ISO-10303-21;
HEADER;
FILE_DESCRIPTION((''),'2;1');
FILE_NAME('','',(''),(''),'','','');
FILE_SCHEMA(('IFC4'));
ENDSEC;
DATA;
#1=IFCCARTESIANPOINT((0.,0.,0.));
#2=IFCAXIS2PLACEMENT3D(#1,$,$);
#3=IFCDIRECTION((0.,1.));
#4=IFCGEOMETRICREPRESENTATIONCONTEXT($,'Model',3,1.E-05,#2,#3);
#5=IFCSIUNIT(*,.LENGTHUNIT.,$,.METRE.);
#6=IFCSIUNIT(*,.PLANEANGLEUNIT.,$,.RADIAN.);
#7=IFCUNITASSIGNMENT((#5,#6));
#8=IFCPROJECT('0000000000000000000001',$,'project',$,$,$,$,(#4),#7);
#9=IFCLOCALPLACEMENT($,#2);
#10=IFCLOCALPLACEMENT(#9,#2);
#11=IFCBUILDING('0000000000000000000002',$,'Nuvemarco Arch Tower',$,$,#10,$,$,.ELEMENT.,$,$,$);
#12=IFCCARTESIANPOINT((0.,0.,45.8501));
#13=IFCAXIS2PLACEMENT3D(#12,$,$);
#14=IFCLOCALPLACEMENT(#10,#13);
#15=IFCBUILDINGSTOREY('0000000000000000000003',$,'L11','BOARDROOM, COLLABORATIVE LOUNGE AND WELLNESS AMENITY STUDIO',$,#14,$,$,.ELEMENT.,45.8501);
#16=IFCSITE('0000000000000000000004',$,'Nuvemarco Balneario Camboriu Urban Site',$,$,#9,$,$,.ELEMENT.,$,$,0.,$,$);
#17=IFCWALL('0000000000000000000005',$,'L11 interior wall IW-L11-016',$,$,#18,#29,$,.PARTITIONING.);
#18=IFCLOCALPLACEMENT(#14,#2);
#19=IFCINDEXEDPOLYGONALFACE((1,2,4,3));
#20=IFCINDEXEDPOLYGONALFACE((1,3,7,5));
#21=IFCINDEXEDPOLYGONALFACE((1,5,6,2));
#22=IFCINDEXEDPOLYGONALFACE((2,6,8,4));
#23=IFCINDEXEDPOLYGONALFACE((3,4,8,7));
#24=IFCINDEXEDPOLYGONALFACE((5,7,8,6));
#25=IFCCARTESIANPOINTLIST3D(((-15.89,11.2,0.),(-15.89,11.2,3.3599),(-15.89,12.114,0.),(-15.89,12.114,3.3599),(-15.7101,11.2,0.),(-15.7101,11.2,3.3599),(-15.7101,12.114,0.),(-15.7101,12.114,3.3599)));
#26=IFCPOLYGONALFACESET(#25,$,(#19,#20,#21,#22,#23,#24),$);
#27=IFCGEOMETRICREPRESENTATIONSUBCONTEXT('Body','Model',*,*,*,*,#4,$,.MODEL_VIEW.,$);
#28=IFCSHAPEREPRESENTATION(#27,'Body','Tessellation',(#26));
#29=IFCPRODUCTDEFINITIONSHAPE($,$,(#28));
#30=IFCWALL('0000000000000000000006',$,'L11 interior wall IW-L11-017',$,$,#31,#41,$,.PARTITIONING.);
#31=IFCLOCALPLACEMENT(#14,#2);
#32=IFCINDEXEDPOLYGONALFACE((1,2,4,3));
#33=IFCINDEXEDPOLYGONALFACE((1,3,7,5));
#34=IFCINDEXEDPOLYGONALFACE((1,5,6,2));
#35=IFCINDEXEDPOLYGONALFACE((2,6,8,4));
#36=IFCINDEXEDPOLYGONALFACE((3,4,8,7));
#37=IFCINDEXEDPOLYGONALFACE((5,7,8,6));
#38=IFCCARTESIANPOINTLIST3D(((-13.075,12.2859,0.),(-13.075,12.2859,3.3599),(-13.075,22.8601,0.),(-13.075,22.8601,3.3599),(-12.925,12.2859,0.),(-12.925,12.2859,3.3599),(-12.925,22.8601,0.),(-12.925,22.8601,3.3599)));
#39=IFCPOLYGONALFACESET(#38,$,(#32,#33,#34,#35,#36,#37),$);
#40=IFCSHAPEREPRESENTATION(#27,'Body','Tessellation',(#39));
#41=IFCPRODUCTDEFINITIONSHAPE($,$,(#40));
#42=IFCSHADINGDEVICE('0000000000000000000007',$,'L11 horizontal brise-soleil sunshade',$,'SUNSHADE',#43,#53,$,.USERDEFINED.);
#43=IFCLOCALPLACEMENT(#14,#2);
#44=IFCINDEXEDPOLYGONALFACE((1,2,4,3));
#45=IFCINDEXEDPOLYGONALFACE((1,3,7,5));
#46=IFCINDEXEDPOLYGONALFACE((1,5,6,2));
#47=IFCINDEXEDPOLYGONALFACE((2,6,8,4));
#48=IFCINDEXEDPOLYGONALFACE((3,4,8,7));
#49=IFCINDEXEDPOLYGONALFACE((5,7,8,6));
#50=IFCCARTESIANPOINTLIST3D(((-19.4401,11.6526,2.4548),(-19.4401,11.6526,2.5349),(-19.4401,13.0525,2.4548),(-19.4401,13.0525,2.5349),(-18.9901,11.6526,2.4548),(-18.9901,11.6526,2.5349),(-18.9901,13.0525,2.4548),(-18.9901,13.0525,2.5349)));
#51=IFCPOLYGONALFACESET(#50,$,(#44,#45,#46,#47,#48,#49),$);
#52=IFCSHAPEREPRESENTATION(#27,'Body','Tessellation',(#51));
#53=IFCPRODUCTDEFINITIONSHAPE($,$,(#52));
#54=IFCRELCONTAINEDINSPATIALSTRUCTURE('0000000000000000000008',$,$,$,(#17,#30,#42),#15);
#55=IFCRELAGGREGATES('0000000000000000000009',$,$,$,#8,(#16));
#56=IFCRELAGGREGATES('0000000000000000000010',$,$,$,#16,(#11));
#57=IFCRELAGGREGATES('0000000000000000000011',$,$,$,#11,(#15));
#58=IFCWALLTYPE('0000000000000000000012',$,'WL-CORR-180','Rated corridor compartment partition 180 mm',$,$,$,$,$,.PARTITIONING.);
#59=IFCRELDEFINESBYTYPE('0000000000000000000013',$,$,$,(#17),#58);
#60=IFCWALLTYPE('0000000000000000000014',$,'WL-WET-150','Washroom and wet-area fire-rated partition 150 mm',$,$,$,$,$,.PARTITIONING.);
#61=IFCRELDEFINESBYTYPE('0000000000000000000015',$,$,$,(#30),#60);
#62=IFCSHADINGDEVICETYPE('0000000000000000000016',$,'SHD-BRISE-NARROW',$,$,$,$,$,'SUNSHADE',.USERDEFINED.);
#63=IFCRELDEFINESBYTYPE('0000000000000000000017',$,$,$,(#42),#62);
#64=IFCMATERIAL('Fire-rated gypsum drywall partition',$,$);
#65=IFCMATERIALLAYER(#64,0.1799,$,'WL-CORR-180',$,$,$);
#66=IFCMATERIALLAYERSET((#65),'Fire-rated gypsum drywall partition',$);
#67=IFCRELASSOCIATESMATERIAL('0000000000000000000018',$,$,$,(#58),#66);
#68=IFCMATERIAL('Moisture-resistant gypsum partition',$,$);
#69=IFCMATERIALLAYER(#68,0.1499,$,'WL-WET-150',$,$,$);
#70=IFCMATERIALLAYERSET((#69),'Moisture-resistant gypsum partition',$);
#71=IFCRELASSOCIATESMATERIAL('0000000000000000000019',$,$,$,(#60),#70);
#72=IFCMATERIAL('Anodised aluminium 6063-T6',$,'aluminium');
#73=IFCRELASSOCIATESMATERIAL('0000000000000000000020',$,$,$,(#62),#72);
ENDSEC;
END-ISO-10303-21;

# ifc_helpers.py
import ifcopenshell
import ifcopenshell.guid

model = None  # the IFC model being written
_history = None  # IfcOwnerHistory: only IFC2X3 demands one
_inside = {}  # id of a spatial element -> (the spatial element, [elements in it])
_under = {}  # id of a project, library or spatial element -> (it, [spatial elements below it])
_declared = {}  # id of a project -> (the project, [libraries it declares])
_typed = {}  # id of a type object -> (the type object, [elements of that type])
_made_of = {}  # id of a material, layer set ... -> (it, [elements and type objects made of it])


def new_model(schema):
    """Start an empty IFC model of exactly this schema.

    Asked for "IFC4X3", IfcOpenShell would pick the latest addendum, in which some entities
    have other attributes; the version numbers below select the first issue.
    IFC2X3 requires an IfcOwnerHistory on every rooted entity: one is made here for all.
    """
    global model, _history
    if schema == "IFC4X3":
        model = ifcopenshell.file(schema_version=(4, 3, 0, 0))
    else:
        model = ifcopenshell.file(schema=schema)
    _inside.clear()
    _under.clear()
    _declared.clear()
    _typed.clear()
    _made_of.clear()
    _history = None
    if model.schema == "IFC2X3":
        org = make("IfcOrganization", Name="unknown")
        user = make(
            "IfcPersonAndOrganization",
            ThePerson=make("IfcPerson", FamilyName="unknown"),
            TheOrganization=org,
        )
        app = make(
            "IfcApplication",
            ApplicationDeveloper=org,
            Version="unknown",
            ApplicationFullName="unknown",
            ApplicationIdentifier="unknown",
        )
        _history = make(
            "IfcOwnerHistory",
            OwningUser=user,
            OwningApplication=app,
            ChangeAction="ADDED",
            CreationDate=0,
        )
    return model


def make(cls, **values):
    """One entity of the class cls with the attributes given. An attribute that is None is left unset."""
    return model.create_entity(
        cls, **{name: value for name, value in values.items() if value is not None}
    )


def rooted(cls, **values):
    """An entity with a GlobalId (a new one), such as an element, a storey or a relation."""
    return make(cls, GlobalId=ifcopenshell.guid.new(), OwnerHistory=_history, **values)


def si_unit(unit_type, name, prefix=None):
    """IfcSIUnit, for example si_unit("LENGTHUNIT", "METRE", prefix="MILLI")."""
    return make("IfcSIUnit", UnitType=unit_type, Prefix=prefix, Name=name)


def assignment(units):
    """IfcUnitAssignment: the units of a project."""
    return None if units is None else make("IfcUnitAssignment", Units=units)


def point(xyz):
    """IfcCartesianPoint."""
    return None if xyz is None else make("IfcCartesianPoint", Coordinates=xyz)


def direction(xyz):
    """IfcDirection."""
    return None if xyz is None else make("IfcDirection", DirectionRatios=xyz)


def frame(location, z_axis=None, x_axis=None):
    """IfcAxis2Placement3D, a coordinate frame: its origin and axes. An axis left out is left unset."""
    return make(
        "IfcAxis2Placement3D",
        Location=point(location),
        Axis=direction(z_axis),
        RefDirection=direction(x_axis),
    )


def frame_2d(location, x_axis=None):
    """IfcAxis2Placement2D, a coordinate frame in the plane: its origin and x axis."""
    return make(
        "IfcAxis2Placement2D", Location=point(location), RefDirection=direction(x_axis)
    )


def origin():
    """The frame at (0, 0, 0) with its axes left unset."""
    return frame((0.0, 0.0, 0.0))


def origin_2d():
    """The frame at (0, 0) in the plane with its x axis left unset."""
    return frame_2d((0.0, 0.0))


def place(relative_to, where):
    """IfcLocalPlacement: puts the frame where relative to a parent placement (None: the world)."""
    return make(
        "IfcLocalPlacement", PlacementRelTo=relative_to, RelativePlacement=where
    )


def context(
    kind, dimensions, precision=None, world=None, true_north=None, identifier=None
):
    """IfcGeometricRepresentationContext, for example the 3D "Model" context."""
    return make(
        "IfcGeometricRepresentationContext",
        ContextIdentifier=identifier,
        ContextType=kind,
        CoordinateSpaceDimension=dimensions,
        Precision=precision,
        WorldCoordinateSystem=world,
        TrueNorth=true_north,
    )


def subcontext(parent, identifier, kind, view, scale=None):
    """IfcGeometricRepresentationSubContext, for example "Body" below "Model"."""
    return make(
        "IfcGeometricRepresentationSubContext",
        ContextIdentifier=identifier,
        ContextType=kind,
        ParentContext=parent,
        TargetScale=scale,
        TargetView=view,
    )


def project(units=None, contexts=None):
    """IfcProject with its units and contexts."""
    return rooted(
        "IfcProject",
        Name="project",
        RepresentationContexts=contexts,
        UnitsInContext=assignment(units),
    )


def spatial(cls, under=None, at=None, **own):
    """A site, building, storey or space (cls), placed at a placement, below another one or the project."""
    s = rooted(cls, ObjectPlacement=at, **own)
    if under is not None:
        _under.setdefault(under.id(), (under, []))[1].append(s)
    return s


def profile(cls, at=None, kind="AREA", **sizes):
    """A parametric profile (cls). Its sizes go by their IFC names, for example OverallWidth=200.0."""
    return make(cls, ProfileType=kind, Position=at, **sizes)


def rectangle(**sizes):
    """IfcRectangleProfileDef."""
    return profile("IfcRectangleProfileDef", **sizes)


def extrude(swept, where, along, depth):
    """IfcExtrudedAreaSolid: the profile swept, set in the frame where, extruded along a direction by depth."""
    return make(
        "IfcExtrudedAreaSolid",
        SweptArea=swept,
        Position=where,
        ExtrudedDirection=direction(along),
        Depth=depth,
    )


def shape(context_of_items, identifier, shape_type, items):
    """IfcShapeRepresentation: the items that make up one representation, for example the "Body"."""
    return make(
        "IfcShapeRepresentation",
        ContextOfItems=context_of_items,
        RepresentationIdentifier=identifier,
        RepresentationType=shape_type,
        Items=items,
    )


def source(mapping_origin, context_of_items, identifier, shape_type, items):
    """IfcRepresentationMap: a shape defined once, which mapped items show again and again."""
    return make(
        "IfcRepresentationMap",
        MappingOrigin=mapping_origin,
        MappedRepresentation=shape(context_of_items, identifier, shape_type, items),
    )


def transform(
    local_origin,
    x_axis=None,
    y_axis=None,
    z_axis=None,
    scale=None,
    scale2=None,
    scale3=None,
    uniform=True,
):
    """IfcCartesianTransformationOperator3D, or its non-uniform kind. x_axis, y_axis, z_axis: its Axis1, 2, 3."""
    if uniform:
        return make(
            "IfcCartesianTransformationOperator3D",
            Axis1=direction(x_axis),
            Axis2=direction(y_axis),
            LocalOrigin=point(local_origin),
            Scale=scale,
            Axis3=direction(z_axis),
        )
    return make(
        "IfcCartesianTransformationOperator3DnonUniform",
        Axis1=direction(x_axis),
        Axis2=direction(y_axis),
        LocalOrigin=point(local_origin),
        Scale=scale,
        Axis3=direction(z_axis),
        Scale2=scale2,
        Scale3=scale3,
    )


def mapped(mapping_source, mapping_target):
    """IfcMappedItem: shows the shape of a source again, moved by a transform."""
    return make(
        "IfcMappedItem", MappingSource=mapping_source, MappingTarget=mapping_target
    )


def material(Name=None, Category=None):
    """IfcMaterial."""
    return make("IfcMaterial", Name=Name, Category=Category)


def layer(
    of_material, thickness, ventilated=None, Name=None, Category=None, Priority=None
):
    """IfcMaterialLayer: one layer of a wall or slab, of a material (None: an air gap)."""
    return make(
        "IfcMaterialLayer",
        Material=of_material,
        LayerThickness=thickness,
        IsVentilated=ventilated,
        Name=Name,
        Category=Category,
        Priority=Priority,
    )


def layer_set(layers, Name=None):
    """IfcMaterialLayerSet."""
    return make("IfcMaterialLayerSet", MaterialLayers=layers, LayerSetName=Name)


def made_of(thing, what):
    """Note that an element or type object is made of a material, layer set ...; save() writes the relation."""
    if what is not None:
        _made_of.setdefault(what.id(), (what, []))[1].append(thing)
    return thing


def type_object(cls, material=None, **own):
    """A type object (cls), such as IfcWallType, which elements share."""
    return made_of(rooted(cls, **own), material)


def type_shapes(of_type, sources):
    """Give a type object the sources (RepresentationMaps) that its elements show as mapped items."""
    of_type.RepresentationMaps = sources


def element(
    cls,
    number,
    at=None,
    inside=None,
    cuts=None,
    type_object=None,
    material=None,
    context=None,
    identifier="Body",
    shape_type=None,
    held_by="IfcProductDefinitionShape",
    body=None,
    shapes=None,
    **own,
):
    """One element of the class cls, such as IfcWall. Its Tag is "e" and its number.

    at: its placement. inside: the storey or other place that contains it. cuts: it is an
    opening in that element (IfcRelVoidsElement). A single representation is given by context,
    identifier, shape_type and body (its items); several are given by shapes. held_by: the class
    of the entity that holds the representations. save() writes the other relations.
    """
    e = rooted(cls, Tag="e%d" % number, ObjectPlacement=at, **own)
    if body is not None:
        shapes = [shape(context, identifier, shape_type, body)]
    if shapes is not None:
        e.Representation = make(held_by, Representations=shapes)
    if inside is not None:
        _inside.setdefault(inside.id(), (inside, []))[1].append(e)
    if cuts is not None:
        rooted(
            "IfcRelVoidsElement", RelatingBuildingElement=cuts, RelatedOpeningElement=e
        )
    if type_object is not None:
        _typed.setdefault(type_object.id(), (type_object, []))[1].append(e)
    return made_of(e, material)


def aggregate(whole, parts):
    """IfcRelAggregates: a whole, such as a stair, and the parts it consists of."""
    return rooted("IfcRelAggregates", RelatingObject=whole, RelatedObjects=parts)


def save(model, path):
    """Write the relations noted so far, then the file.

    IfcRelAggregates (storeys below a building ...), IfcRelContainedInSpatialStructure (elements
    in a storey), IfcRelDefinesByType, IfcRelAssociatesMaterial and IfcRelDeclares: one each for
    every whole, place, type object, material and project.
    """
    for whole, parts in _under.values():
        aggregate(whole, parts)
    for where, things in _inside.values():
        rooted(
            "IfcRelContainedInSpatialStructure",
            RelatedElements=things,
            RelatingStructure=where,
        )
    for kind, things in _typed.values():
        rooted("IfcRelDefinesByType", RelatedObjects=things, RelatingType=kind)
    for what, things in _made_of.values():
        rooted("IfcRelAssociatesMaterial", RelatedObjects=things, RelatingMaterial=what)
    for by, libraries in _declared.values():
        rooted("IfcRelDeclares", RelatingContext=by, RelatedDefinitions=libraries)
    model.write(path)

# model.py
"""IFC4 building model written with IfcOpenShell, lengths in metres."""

from ifc_helpers import new_model, si_unit, direction, frame, frame_2d, origin, origin_2d, place, context, subcontext, project, spatial, rectangle, extrude, source, transform, mapped, material, layer, layer_set, type_object, type_shapes, element, save


model = new_model("IFC4")

# Units and contexts
model_context = context("Model", 3, precision=1e-05, world=origin(), true_north=direction((0.0, 1.0)))
body_context = subcontext(model_context, "Body", "Model", "MODEL_VIEW")
ifc_project = project(units=[si_unit("LENGTHUNIT", "METRE"), si_unit("PLANEANGLEUNIT", "RADIAN")], contexts=[model_context])

# Site, building, storey
site_placement = place(None, origin())
site = spatial("IfcSite", under=ifc_project, at=site_placement, Name="Nuvemarco Balneario Camboriu Urban Site", CompositionType="ELEMENT", RefElevation=0.0)
building_placement = place(site_placement, origin())
building = spatial("IfcBuilding", under=site, at=building_placement, Name="Nuvemarco Arch Tower", CompositionType="ELEMENT")
storey_placement = place(building_placement, frame((0.0, 0.0, 45.8501)))
storey = spatial("IfcBuildingStorey", under=building, at=storey_placement, Name="L11", Description="BOARDROOM, COLLABORATIVE LOUNGE AND WELLNESS AMENITY STUDIO", CompositionType="ELEMENT", Elevation=45.8501)

# Shared definitions
ifc_material_1 = material(Name="Fire-rated gypsum drywall partition")
ifc_layer_1 = layer(ifc_material_1, 0.1799, Name="WL-CORR-180")
ifc_layer_set_1 = layer_set([ifc_layer_1], Name="Fire-rated gypsum drywall partition")
wall_type_1 = type_object("IfcWallType", Name="WL-CORR-180", Description="Rated corridor compartment partition 180 mm", PredefinedType="PARTITIONING", material=ifc_layer_set_1)

# Walls
wall_1_placement = place(storey_placement, frame((-15.8, 11.2, 0.0), z_axis=(0.0, 0.0, 1.0), x_axis=(0.0, 1.0, 0.0)))
element("IfcWall", 1, at=wall_1_placement, inside=storey, type_object=wall_type_1, Name="L11 interior wall IW-L11-016", PredefinedType="PARTITIONING", context=body_context, shape_type="SweptSolid", body=[
    extrude(rectangle(XDim=0.9141, YDim=0.1799, at=frame_2d((0.457, 0.0))), origin(), (0.0, 0.0, 1.0), 3.3599),
])
ifc_material_2 = material(Name="Moisture-resistant gypsum partition")
ifc_layer_2 = layer(ifc_material_2, 0.1499, Name="WL-WET-150")
ifc_layer_set_2 = layer_set([ifc_layer_2], Name="Moisture-resistant gypsum partition")
wall_type_2 = type_object("IfcWallType", Name="WL-WET-150", Description="Washroom and wet-area fire-rated partition 150 mm", PredefinedType="PARTITIONING", material=ifc_layer_set_2)
wall_2_placement = place(storey_placement, frame((-13.0, 12.2859, 0.0), z_axis=(0.0, 0.0, 1.0), x_axis=(0.0, 1.0, 0.0)))
element("IfcWall", 2, at=wall_2_placement, inside=storey, type_object=wall_type_2, Name="L11 interior wall IW-L11-017", PredefinedType="PARTITIONING", context=body_context, shape_type="SweptSolid", body=[
    extrude(rectangle(XDim=10.5742, YDim=0.1499, at=frame_2d((5.2871, 0.0))), origin(), (0.0, 0.0, 1.0), 3.3599),
])

# Shading device
ifc_material_3 = material(Name="Anodised aluminium 6063-T6", Category="aluminium")
shading_device_type = type_object("IfcShadingDeviceType", Name="SHD-BRISE-NARROW", ElementType="SUNSHADE", PredefinedType="USERDEFINED", material=ifc_material_3)
shared_shape_1 = source(origin(), body_context, "Body", "SweptSolid", [
    extrude(rectangle(XDim=1.3999, YDim=0.45, at=origin_2d()), origin(), (0.0, 0.0, 1.0), 0.0801),
])
type_shapes(shading_device_type, [shared_shape_1])
shading_device_placement = place(storey_placement, frame((-19.2151, 12.3525, 2.4548), z_axis=(0.0, 0.0, 1.0), x_axis=(0.0, 1.0, 0.0)))
element("IfcShadingDevice", 3, at=shading_device_placement, inside=storey, type_object=shading_device_type, Name="L11 horizontal brise-soleil sunshade", ObjectType="SUNSHADE", PredefinedType="USERDEFINED", context=body_context, shape_type="MappedRepresentation", body=[
    mapped(shared_shape_1, transform((0.0, 0.0, 0.0), scale=1.0)),
])

save(model, "model.ifc")
